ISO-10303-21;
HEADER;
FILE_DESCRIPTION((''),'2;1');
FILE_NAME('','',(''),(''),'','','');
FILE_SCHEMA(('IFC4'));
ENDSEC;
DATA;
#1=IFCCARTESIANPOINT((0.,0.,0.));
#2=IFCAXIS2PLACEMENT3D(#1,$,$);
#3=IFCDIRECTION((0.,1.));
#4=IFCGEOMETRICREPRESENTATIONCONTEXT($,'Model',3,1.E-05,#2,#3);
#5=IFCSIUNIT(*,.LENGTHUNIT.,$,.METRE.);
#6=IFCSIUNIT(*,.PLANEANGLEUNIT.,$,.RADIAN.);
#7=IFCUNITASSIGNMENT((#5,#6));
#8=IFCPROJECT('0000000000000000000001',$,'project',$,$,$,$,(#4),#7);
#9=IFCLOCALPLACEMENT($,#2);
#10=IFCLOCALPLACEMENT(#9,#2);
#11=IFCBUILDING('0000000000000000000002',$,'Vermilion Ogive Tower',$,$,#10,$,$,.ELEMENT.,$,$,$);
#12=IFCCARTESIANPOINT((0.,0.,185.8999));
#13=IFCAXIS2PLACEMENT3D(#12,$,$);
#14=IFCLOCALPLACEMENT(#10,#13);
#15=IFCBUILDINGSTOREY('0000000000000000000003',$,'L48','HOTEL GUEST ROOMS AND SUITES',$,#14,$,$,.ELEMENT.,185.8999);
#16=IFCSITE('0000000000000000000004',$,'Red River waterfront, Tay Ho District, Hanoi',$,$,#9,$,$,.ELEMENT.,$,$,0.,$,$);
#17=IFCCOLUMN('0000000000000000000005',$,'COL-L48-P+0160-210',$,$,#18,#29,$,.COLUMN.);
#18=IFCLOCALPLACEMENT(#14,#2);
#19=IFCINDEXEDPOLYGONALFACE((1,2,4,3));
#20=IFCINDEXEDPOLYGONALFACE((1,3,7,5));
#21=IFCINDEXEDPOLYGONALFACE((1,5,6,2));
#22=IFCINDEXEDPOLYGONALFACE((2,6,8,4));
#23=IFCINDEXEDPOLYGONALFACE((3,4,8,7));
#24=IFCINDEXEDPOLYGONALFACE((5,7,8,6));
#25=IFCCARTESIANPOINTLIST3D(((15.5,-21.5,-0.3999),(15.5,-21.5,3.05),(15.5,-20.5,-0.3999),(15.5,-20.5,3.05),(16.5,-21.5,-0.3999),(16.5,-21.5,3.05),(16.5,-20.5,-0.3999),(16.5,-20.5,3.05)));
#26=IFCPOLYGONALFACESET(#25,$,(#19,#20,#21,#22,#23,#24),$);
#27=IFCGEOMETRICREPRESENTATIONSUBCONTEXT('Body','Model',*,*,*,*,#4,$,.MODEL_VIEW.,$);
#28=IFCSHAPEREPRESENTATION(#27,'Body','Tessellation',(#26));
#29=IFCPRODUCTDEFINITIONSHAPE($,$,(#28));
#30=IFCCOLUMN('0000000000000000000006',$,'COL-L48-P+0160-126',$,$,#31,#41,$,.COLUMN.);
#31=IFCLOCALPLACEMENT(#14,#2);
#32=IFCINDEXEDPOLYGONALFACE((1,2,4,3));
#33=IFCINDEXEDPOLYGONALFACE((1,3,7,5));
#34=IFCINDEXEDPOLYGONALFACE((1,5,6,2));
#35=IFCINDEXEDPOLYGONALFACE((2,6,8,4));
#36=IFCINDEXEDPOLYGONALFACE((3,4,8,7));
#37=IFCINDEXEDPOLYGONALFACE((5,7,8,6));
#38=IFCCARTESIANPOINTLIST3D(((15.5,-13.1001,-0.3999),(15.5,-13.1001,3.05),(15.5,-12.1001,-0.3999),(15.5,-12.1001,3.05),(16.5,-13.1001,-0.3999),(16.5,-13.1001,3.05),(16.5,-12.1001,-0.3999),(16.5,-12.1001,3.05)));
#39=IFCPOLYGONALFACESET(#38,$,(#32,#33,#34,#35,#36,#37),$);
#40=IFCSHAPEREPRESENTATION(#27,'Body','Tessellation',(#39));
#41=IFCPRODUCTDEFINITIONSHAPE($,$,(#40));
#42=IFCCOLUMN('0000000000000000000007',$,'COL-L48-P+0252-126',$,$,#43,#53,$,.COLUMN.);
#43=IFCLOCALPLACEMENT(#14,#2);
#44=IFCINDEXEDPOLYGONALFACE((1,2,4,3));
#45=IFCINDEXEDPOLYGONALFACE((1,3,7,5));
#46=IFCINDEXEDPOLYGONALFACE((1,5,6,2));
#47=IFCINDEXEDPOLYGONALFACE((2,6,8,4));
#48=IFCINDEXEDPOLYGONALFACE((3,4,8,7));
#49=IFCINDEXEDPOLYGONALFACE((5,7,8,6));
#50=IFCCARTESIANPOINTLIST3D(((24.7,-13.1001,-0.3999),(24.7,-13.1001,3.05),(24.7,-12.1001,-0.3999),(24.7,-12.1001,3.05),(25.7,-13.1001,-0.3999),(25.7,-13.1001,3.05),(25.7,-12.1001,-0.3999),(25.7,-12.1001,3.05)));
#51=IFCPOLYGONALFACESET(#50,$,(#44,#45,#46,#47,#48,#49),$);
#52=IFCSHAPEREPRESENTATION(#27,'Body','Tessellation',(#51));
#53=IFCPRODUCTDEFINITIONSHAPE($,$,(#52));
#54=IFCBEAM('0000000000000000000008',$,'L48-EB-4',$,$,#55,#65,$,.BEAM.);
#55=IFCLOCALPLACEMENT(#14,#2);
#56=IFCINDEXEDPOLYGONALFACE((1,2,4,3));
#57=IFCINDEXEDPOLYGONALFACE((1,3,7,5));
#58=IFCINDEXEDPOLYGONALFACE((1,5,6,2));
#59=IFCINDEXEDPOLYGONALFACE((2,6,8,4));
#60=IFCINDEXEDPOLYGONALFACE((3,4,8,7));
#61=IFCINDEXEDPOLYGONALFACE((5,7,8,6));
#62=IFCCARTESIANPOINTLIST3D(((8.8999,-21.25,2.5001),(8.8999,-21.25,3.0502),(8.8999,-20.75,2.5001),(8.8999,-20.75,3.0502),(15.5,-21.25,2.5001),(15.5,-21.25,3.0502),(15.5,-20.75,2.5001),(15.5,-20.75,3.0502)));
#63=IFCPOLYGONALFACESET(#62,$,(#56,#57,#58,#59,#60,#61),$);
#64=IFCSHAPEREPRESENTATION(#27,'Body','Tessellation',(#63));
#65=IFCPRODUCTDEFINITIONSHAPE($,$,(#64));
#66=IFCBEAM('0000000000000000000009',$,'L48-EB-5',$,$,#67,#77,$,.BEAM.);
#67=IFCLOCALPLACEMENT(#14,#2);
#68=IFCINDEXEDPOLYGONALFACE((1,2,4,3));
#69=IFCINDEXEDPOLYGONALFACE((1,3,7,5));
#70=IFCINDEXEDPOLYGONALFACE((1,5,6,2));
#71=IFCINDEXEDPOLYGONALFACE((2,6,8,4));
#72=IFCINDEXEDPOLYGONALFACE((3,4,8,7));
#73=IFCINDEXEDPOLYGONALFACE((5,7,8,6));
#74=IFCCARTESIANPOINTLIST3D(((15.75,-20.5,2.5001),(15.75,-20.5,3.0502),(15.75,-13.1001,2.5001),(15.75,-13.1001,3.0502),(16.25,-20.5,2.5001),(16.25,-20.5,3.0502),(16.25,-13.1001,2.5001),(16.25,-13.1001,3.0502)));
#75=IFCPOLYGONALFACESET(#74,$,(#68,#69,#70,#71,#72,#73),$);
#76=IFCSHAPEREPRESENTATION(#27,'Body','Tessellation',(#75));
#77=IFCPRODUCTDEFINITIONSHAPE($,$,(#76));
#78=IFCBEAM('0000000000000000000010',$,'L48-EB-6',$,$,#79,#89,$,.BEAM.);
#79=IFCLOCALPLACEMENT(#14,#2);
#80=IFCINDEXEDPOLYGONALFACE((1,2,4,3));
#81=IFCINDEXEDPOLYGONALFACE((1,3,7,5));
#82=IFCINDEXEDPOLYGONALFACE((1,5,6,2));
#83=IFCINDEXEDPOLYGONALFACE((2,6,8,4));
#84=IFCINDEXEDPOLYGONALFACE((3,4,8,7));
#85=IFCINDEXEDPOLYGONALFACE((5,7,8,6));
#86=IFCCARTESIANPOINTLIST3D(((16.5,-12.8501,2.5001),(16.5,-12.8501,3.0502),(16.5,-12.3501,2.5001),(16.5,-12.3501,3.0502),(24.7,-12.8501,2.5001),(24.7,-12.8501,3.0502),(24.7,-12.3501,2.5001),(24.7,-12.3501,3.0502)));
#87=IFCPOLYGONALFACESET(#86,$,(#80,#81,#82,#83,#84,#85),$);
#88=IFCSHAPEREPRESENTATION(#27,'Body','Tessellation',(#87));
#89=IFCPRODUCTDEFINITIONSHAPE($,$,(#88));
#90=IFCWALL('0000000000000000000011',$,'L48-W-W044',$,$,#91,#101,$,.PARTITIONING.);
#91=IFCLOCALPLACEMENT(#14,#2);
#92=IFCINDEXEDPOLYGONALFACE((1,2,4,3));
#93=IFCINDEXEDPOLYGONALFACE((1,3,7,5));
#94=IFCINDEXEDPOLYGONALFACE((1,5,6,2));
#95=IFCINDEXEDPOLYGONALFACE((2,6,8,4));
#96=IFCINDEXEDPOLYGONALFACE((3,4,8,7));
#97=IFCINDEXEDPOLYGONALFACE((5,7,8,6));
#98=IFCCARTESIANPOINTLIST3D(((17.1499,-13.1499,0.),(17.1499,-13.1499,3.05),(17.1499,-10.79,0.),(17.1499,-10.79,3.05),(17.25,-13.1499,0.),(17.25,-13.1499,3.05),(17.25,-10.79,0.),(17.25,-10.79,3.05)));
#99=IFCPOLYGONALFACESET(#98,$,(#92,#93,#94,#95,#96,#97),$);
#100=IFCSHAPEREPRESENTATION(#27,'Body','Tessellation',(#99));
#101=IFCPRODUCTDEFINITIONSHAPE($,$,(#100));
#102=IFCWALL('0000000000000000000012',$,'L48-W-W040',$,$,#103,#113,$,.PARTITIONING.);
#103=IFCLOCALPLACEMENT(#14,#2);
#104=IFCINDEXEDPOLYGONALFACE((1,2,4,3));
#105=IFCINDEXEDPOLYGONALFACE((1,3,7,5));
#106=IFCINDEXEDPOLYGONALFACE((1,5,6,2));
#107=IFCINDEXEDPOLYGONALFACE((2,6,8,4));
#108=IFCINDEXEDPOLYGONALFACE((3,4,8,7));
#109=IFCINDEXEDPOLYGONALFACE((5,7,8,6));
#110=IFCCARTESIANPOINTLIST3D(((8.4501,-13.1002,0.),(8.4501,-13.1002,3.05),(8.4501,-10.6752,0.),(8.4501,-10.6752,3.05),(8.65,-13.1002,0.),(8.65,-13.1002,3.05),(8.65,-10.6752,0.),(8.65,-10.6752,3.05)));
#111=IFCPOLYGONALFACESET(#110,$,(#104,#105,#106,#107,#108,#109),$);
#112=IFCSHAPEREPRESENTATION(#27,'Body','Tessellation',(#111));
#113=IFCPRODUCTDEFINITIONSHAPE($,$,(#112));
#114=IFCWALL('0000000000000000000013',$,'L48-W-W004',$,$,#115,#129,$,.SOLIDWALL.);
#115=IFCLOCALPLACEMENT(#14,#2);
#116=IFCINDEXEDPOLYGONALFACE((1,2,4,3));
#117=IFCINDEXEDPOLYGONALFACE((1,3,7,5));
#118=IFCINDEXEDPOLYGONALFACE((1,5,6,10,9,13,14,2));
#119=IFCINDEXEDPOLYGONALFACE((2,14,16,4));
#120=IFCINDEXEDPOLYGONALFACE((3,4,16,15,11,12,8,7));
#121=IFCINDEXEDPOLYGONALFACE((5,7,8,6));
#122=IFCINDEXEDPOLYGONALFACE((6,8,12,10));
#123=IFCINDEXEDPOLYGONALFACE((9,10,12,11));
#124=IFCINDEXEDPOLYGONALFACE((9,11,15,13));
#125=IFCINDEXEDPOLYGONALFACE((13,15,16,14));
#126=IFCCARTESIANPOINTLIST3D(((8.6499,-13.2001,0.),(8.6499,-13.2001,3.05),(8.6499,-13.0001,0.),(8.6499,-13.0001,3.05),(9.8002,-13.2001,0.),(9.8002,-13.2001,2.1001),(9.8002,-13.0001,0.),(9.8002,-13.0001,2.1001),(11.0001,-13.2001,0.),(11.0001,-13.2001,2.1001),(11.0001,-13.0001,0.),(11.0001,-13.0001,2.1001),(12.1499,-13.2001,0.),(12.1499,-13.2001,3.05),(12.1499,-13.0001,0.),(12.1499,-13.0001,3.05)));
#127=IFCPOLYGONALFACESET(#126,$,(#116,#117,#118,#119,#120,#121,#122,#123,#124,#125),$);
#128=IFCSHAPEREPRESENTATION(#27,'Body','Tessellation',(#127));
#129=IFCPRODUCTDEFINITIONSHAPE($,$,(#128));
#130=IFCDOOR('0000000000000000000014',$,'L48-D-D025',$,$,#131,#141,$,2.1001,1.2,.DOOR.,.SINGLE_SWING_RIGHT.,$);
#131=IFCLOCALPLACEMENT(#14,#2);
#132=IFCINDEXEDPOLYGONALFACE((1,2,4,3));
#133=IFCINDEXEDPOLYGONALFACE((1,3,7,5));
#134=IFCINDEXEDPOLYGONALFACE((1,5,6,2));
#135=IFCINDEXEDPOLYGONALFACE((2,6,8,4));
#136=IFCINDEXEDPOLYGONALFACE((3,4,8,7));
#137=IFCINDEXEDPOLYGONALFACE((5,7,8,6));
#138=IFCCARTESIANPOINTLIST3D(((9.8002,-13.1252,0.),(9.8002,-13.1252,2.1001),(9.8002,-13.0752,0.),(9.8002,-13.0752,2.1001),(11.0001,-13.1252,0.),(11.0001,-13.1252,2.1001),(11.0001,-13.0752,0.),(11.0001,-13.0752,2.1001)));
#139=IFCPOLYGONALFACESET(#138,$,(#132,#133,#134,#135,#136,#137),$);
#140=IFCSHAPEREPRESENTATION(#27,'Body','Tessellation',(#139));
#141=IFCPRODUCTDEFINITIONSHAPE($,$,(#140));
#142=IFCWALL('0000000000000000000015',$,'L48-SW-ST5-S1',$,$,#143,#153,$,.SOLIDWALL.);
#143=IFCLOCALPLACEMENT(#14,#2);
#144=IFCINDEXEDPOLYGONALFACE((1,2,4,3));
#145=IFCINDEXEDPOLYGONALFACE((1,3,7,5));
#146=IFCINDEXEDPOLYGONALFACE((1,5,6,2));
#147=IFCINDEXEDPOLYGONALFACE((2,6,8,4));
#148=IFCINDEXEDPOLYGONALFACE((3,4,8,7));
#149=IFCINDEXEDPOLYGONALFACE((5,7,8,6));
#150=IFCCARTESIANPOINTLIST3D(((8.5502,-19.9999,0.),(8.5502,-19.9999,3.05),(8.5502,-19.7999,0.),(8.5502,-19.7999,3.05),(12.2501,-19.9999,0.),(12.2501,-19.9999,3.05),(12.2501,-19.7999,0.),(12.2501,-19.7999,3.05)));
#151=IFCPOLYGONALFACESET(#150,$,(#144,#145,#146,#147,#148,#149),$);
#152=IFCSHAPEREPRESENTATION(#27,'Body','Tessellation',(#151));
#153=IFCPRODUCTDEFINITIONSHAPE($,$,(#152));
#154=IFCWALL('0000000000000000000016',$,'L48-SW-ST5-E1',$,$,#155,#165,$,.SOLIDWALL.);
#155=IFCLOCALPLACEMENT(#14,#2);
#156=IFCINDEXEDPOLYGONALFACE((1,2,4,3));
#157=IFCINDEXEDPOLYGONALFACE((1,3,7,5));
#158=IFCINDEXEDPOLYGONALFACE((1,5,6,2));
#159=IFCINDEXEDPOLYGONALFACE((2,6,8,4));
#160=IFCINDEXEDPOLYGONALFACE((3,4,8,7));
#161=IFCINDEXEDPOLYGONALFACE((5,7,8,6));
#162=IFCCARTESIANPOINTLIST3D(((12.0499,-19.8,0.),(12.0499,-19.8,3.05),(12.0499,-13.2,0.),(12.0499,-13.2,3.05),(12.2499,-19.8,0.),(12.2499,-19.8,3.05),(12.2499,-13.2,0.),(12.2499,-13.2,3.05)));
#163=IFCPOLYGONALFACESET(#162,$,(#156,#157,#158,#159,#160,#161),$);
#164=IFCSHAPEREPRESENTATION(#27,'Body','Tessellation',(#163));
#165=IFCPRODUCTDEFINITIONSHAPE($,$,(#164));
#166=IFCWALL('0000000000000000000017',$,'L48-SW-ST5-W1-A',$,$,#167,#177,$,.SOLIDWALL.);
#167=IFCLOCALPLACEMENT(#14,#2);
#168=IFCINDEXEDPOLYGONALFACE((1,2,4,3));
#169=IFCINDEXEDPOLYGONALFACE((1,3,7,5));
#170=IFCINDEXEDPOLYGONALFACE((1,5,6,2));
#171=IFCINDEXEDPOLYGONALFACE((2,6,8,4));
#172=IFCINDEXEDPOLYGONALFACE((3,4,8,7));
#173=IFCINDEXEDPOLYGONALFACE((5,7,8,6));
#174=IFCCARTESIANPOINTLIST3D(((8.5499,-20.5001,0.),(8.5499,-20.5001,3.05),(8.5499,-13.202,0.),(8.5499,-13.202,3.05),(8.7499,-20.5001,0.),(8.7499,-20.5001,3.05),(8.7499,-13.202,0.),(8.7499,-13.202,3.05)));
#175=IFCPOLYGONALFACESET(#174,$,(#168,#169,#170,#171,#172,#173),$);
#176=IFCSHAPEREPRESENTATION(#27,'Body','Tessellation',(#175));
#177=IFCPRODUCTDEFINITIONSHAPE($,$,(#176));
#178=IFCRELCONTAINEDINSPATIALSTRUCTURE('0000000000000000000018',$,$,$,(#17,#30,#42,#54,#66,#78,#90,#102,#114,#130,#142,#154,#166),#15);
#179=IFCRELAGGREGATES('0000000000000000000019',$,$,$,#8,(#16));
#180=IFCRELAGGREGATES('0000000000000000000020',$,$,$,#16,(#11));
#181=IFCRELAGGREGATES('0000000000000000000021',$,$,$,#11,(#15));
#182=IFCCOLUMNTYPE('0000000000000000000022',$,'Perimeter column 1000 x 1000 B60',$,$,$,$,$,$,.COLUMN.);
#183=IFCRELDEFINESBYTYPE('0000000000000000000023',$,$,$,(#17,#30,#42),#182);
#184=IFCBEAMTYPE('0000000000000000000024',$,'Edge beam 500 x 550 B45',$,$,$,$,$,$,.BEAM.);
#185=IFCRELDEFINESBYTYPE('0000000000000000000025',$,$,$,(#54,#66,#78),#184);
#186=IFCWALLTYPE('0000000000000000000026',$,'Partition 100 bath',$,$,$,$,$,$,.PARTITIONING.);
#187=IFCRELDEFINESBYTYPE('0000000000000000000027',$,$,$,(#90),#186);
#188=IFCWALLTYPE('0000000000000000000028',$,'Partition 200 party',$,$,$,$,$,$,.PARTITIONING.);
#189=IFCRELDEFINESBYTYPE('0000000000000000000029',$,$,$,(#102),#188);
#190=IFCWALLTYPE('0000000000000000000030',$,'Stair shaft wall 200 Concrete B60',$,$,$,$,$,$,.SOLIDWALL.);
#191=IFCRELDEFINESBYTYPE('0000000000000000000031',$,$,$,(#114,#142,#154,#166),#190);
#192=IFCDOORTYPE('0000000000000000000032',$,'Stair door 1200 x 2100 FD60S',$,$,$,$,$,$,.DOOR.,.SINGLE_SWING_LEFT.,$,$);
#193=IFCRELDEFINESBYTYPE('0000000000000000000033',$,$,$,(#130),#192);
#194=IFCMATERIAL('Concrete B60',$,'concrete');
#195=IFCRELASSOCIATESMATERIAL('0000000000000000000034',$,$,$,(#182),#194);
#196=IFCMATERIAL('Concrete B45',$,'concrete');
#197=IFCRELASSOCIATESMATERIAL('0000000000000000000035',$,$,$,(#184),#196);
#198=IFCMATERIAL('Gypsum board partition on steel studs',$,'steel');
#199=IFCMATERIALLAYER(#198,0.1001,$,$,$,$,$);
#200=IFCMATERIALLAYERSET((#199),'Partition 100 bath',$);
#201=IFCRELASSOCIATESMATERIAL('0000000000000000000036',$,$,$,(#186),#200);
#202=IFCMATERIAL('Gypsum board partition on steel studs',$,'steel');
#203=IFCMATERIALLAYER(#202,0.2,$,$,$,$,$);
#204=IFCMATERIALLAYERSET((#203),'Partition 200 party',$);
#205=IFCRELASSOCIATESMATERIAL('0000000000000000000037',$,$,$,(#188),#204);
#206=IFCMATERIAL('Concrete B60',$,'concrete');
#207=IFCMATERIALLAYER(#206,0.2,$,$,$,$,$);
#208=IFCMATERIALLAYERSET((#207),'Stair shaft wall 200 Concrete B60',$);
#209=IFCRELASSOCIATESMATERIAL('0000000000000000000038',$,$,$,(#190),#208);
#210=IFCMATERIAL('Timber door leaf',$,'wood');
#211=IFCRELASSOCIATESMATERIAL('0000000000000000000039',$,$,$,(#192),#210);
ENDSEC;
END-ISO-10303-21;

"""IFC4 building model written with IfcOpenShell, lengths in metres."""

from ifc_helpers import new_model, si_unit, direction, frame, frame_2d, origin, origin_2d, place, context, subcontext, project, spatial, rectangle, extrude, material, layer, layer_set, material_profile, profile_set, type_object, element, fill, save


model = new_model("IFC4")

# Units and contexts
model_context = context("Model", 3, precision=1e-05, world=origin(), true_north=direction((0.0, 1.0)))
body_context = subcontext(model_context, "Body", "Model", "MODEL_VIEW")
ifc_project = project(units=[si_unit("LENGTHUNIT", "METRE"), si_unit("PLANEANGLEUNIT", "RADIAN")], contexts=[model_context])

# Site, building, storey
site_placement = place(None, origin())
site = spatial("IfcSite", under=ifc_project, at=site_placement, Name="Red River waterfront, Tay Ho District, Hanoi", CompositionType="ELEMENT", RefElevation=0.0)
building_placement = place(site_placement, origin())
building = spatial("IfcBuilding", under=site, at=building_placement, Name="Vermilion Ogive Tower", CompositionType="ELEMENT")
storey_placement = place(building_placement, frame((0.0, 0.0, 185.8999)))
storey = spatial("IfcBuildingStorey", under=building, at=storey_placement, Name="L48", Description="HOTEL GUEST ROOMS AND SUITES", CompositionType="ELEMENT", Elevation=185.8999)

# Columns
ifc_material_1 = material(Name="Concrete B60", Category="concrete")
ifc_material_profile_1 = material_profile(ifc_material_1, rectangle(XDim=1.0, YDim=1.0, at=origin_2d()), Name="1000 x 1000")
ifc_profile_set_1 = profile_set([ifc_material_profile_1], Name="Concrete B60")
column_type = type_object("IfcColumnType", Name="Perimeter column 1000 x 1000 B60", PredefinedType="COLUMN", material=ifc_profile_set_1)
for number, where, z_axis, x_axis, name in (
    (1, (16.0, -21.0, -0.3999), (0.0, 0.0, 1.0), (1.0, 0.0, 0.0), "COL-L48-P+0160-210"),
    (2, (16.0, -12.6001, -0.3999), (0.0, 0.0, 1.0), (1.0, 0.0, 0.0), "COL-L48-P+0160-126"),
    (3, (25.2, -12.6001, -0.3999), (0.0, 0.0, 1.0), (1.0, 0.0, 0.0), "COL-L48-P+0252-126"),
):
    element("IfcColumn", number, at=place(storey_placement, frame(where, z_axis=z_axis, x_axis=x_axis)), inside=storey, type_object=column_type, Name=name, PredefinedType="COLUMN", context=body_context, shape_type="SweptSolid", body=[
        extrude(rectangle(XDim=1.0, YDim=1.0, at=origin_2d()), origin(), (0.0, 0.0, 1.0), 3.45),
    ])

# Beams
ifc_material_2 = material(Name="Concrete B45", Category="concrete")
ifc_material_profile_2 = material_profile(ifc_material_2, rectangle(XDim=0.5, YDim=0.55, at=origin_2d()), Name="500 x 550")
ifc_profile_set_2 = profile_set([ifc_material_profile_2], Name="Concrete B45")
beam_type = type_object("IfcBeamType", Name="Edge beam 500 x 550 B45", PredefinedType="BEAM", material=ifc_profile_set_2)
beam_1_placement = place(storey_placement, frame((8.8999, -21.0, 2.7751), z_axis=(1.0, 0.0, 0.0), x_axis=(0.0, 1.0, 0.0)))
element("IfcBeam", 4, at=beam_1_placement, inside=storey, type_object=beam_type, Name="L48-EB-4", PredefinedType="BEAM", context=body_context, shape_type="SweptSolid", body=[
    extrude(rectangle(XDim=0.5, YDim=0.55, at=origin_2d()), origin(), (0.0, 0.0, 1.0), 6.6001),
])
beam_2_placement = place(storey_placement, frame((16.0, -20.5, 2.7751), z_axis=(0.0, 1.0, 0.0), x_axis=(-1.0, 0.0, 0.0)))
element("IfcBeam", 5, at=beam_2_placement, inside=storey, type_object=beam_type, Name="L48-EB-5", PredefinedType="BEAM", context=body_context, shape_type="SweptSolid", body=[
    extrude(rectangle(XDim=0.5, YDim=0.55, at=origin_2d()), origin(), (0.0, 0.0, 1.0), 7.3999),
])
beam_3_placement = place(storey_placement, frame((16.5, -12.6001, 2.7751), z_axis=(1.0, 0.0, 0.0), x_axis=(0.0, 1.0, 0.0)))
element("IfcBeam", 6, at=beam_3_placement, inside=storey, type_object=beam_type, Name="L48-EB-6", PredefinedType="BEAM", context=body_context, shape_type="SweptSolid", body=[
    extrude(rectangle(XDim=0.5, YDim=0.55, at=origin_2d()), origin(), (0.0, 0.0, 1.0), 8.2),
])

# Walls
ifc_material_3 = material(Name="Gypsum board partition on steel studs", Category="steel")
ifc_layer_1 = layer(ifc_material_3, 0.1001)
ifc_layer_set_1 = layer_set([ifc_layer_1], Name="Partition 100 bath")
wall_type_1 = type_object("IfcWallType", Name="Partition 100 bath", PredefinedType="PARTITIONING", material=ifc_layer_set_1)
wall_1_placement = place(storey_placement, frame((17.2, -13.1499, 0.0), z_axis=(0.0, 0.0, 1.0), x_axis=(0.0, 1.0, 0.0)))
element("IfcWall", 7, at=wall_1_placement, inside=storey, type_object=wall_type_1, Name="L48-W-W044", PredefinedType="PARTITIONING", context=body_context, shape_type="SweptSolid", body=[
    extrude(rectangle(XDim=2.3599, YDim=0.1001, at=frame_2d((1.1799, 0.0))), origin(), (0.0, 0.0, 1.0), 3.05),
])
ifc_material_4 = material(Name="Gypsum board partition on steel studs", Category="steel")
ifc_layer_2 = layer(ifc_material_4, 0.2)
ifc_layer_set_2 = layer_set([ifc_layer_2], Name="Partition 200 party")
wall_type_2 = type_object("IfcWallType", Name="Partition 200 party", PredefinedType="PARTITIONING", material=ifc_layer_set_2)
wall_2_placement = place(storey_placement, frame((8.55, -13.1001, 0.0), z_axis=(0.0, 0.0, 1.0), x_axis=(0.0, 1.0, 0.0)))
element("IfcWall", 8, at=wall_2_placement, inside=storey, type_object=wall_type_2, Name="L48-W-W040", PredefinedType="PARTITIONING", context=body_context, shape_type="SweptSolid", body=[
    extrude(rectangle(XDim=2.425, YDim=0.2, at=frame_2d((1.2124, 0.0))), origin(), (0.0, 0.0, 1.0), 3.05),
])

# Wall, opening, door
ifc_material_5 = material(Name="Concrete B60", Category="concrete")
ifc_layer_3 = layer(ifc_material_5, 0.2)
ifc_layer_set_3 = layer_set([ifc_layer_3], Name="Stair shaft wall 200 Concrete B60")
wall_type_3 = type_object("IfcWallType", Name="Stair shaft wall 200 Concrete B60", PredefinedType="SOLIDWALL", material=ifc_layer_set_3)
wall_3_placement = place(storey_placement, frame((8.6499, -13.1001, 0.0), z_axis=(0.0, 0.0, 1.0), x_axis=(1.0, 0.0, 0.0)))
wall_3 = element("IfcWall", 9, at=wall_3_placement, inside=storey, type_object=wall_type_3, Name="L48-W-W004", PredefinedType="SOLIDWALL", context=body_context, shape_type="SweptSolid", body=[
    extrude(rectangle(XDim=3.5, YDim=0.2, at=frame_2d((1.75, 0.0))), origin(), (0.0, 0.0, 1.0), 3.05),
])
opening_1_placement = place(wall_3_placement, frame((1.1501, 0.0, 0.0)))
opening_1 = element("IfcOpeningElement", 10, at=opening_1_placement, cuts=wall_3, PredefinedType="OPENING", context=body_context, shape_type="SweptSolid", body=[
    extrude(rectangle(XDim=1.2, YDim=2.1001, at=frame_2d((0.6001, 1.05))), frame((0.0, 0.1099, 0.0), z_axis=(0.0, -1.0, 0.0), x_axis=(1.0, 0.0, 0.0)), (0.0, 0.0, 1.0), 0.22),
])
ifc_material_6 = material(Name="Timber door leaf", Category="wood")
door_type_1 = type_object("IfcDoorType", Name="Stair door 1200 x 2100 FD60S", OperationType="SINGLE_SWING_LEFT", PredefinedType="DOOR", material=ifc_material_6)
door_1_placement = place(opening_1_placement, origin())
door_1 = element("IfcDoor", 11, at=door_1_placement, inside=storey, type_object=door_type_1, Name="L48-D-D025", OperationType="SINGLE_SWING_RIGHT", OverallHeight=2.1001, OverallWidth=1.2, PredefinedType="DOOR", context=body_context, shape_type="SweptSolid", body=[
    extrude(rectangle(XDim=1.2, YDim=2.1001, at=frame_2d((0.6001, 1.05))), frame((0.0, 0.0249, 0.0), z_axis=(0.0, -1.0, 0.0), x_axis=(1.0, 0.0, 0.0)), (0.0, 0.0, 1.0), 0.05),
])
fill(opening_1, door_1)

# Walls
wall_4_placement = place(storey_placement, frame((8.55, -19.8999, 0.0), z_axis=(0.0, 0.0, 1.0), x_axis=(1.0, 0.0, 0.0)))
element("IfcWall", 12, at=wall_4_placement, inside=storey, type_object=wall_type_3, Name="L48-SW-ST5-S1", PredefinedType="SOLIDWALL", context=body_context, shape_type="SweptSolid", body=[
    extrude(rectangle(XDim=3.7, YDim=0.2, at=frame_2d((1.8501, 0.0))), origin(), (0.0, 0.0, 1.0), 3.05),
])
wall_5_placement = place(storey_placement, frame((12.1499, -19.8, 0.0), z_axis=(0.0, 0.0, 1.0), x_axis=(0.0, 1.0, 0.0)))
element("IfcWall", 13, at=wall_5_placement, inside=storey, type_object=wall_type_3, Name="L48-SW-ST5-E1", PredefinedType="SOLIDWALL", context=body_context, shape_type="SweptSolid", body=[
    extrude(rectangle(XDim=6.6001, YDim=0.2, at=frame_2d((3.3, 0.0))), origin(), (0.0, 0.0, 1.0), 3.05),
])
wall_6_placement = place(storey_placement, frame((8.6499, -20.5, 0.0), z_axis=(0.0, 0.0, 1.0), x_axis=(0.0, 1.0, 0.0)))
element("IfcWall", 14, at=wall_6_placement, inside=storey, type_object=wall_type_3, Name="L48-SW-ST5-W1-A", PredefinedType="SOLIDWALL", context=body_context, shape_type="SweptSolid", body=[
    extrude(rectangle(XDim=7.2981, YDim=0.2, at=frame_2d((3.6489, 0.0))), origin(), (0.0, 0.0, 1.0), 3.05),
])

save(model, "model.ifc")
